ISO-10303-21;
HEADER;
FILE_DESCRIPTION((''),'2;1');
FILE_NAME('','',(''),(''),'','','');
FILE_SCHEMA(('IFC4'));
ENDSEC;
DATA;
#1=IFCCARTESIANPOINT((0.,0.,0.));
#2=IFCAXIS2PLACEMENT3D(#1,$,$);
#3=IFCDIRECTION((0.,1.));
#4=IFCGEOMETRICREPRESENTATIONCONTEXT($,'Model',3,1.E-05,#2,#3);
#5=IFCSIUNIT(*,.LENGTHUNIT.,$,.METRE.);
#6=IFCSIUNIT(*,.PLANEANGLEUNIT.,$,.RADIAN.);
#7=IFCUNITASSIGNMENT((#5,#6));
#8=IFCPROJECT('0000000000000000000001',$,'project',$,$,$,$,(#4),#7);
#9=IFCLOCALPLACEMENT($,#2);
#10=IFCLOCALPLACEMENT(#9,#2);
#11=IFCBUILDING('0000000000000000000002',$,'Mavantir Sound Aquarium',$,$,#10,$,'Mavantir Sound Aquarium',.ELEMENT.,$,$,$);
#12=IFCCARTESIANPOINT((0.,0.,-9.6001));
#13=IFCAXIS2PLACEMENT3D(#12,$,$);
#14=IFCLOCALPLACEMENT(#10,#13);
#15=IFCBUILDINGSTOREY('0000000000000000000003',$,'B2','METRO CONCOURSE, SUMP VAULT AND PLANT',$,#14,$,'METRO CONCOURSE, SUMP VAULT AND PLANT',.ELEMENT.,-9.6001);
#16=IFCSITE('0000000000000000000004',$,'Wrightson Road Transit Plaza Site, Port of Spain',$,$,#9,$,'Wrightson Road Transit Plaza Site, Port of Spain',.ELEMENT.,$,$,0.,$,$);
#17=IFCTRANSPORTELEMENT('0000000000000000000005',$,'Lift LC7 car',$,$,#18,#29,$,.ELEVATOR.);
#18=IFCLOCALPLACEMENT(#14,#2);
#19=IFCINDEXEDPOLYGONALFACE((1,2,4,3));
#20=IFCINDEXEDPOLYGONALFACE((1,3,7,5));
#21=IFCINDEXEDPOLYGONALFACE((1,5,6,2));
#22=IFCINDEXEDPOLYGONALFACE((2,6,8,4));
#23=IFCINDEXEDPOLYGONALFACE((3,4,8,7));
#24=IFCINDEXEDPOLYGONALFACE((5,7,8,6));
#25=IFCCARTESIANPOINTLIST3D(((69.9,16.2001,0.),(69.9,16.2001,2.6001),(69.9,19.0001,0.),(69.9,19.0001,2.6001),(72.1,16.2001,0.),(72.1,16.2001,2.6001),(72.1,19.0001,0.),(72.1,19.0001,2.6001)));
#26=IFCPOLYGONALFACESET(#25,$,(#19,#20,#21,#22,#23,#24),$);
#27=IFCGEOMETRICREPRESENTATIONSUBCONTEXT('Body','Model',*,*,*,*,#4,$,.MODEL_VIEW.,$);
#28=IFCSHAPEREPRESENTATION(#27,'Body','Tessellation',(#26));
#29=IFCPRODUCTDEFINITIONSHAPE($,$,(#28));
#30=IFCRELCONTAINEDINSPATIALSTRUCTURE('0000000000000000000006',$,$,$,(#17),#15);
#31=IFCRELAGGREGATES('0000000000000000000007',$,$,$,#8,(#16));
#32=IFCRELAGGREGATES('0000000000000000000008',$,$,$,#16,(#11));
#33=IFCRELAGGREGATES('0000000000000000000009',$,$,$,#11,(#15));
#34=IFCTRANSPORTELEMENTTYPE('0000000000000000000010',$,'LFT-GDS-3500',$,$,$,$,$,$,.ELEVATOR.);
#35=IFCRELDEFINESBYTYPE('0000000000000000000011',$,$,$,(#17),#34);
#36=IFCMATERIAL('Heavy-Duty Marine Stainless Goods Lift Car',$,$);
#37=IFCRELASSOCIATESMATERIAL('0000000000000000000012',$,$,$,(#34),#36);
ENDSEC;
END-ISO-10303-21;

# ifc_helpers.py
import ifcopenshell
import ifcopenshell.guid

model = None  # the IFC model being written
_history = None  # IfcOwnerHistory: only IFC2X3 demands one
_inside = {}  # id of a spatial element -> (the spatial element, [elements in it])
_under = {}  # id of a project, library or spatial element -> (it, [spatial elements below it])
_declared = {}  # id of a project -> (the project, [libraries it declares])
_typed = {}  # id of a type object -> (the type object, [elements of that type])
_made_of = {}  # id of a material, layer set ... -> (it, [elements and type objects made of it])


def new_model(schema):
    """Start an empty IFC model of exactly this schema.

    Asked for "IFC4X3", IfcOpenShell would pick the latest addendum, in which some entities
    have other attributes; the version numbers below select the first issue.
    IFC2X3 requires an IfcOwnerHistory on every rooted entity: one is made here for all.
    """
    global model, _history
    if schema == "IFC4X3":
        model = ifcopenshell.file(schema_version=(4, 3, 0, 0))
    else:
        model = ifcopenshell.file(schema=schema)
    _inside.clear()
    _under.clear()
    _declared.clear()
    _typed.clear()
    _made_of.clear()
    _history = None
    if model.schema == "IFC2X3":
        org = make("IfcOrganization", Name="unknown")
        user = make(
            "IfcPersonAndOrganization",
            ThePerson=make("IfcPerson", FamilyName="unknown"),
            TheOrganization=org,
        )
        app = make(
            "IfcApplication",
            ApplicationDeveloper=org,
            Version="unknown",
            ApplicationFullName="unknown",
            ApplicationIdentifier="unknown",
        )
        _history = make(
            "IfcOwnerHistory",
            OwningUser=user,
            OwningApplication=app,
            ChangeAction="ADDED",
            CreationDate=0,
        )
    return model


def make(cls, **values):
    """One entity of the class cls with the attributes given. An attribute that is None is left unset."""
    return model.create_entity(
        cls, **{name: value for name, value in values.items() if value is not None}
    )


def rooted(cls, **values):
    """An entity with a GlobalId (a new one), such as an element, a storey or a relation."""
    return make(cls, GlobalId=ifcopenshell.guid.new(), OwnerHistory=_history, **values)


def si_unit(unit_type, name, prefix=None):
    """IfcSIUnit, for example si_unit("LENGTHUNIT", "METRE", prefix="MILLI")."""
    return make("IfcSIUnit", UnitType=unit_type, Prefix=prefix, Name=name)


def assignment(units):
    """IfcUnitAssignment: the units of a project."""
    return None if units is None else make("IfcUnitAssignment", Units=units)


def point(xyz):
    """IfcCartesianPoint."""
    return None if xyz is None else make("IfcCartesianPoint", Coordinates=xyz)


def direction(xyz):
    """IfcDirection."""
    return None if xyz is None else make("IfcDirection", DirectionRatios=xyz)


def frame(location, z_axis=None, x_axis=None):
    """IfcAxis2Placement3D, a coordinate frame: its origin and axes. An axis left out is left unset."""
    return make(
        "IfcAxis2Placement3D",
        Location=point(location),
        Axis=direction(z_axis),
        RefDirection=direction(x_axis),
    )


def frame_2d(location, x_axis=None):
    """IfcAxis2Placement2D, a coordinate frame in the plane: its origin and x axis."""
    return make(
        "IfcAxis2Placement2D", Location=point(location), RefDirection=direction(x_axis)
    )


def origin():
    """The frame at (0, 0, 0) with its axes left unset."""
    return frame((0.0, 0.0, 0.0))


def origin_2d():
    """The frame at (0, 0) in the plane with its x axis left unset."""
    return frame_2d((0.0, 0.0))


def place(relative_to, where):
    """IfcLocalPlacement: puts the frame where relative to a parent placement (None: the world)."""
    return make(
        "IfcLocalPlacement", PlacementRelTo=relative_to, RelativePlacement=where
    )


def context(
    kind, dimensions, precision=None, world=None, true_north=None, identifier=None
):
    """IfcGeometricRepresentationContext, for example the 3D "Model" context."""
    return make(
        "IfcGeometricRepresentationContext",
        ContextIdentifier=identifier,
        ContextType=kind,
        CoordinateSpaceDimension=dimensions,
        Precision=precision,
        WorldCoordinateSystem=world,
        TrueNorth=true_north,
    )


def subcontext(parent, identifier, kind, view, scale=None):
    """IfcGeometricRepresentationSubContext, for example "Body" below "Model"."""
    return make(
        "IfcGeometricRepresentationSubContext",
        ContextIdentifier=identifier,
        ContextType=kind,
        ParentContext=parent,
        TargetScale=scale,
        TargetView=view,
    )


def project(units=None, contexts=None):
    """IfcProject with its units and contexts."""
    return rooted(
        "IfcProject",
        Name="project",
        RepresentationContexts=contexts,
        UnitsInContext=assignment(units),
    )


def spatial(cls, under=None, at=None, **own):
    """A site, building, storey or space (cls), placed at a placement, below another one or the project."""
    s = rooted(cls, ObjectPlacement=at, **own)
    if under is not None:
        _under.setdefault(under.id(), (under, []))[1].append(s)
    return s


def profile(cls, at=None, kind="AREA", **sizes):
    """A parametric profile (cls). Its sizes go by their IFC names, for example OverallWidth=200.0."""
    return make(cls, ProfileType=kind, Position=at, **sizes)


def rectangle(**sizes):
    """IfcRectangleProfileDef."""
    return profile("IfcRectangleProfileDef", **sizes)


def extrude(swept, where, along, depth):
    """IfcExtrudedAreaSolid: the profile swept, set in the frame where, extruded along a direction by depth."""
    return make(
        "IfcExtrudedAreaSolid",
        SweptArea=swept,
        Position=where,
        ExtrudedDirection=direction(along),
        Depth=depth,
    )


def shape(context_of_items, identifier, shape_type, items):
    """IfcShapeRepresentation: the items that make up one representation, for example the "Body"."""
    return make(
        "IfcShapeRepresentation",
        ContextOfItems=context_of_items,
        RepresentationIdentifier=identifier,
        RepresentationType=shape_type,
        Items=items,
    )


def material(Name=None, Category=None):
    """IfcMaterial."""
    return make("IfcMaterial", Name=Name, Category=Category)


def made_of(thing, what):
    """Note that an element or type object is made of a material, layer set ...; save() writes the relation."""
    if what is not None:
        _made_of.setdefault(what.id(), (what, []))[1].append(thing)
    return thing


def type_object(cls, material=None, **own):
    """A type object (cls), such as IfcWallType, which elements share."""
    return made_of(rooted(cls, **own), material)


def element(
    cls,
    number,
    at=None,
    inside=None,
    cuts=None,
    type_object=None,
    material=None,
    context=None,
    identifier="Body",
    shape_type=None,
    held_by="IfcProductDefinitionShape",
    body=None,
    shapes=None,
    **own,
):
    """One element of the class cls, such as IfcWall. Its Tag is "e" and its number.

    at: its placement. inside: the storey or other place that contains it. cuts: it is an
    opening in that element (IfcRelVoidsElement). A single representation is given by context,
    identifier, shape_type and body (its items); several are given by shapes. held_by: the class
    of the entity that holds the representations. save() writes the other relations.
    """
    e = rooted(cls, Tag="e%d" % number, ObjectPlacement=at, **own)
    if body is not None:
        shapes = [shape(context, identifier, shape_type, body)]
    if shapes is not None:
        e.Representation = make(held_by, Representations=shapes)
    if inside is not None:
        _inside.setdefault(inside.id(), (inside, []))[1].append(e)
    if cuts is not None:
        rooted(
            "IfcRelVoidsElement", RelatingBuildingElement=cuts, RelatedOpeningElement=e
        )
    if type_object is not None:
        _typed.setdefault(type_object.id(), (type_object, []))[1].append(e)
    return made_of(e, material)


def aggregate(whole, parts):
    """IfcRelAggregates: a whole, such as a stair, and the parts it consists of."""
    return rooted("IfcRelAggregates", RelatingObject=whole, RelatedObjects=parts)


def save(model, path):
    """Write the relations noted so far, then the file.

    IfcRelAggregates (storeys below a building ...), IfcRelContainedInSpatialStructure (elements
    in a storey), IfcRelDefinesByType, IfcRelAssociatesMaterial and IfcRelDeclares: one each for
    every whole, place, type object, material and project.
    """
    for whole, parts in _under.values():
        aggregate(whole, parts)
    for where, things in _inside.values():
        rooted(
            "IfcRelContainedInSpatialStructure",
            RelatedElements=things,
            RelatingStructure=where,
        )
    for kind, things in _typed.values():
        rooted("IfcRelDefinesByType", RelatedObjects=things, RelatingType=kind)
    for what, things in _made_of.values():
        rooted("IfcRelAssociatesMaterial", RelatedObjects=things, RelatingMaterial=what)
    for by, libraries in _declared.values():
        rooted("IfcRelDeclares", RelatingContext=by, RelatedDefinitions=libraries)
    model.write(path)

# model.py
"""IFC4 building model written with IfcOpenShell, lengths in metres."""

from ifc_helpers import new_model, si_unit, direction, frame, origin, origin_2d, place, context, subcontext, project, spatial, rectangle, extrude, material, type_object, element, save


model = new_model("IFC4")

# Units and contexts
model_context = context("Model", 3, precision=1e-05, world=origin(), true_north=direction((0.0, 1.0)))
body_context = subcontext(model_context, "Body", "Model", "MODEL_VIEW")
ifc_project = project(units=[si_unit("LENGTHUNIT", "METRE"), si_unit("PLANEANGLEUNIT", "RADIAN")], contexts=[model_context])

# Site, building, storey
site_placement = place(None, origin())
site = spatial("IfcSite", under=ifc_project, at=site_placement, Name="Wrightson Road Transit Plaza Site, Port of Spain", LongName="Wrightson Road Transit Plaza Site, Port of Spain", CompositionType="ELEMENT", RefElevation=0.0)
building_placement = place(site_placement, origin())
building = spatial("IfcBuilding", under=site, at=building_placement, Name="Mavantir Sound Aquarium", LongName="Mavantir Sound Aquarium", CompositionType="ELEMENT")
storey_placement = place(building_placement, frame((0.0, 0.0, -9.6001)))
storey = spatial("IfcBuildingStorey", under=building, at=storey_placement, Name="B2", Description="METRO CONCOURSE, SUMP VAULT AND PLANT", LongName="METRO CONCOURSE, SUMP VAULT AND PLANT", CompositionType="ELEMENT", Elevation=-9.6001)

# Transport element
ifc_material_1 = material(Name="Heavy-Duty Marine Stainless Goods Lift Car")
transport_element_type = type_object("IfcTransportElementType", Name="LFT-GDS-3500", PredefinedType="ELEVATOR", material=ifc_material_1)
transport_element_placement = place(storey_placement, frame((71.0, 17.6001, 0.0), z_axis=(0.0, 0.0, 1.0), x_axis=(1.0, 0.0, 0.0)))
element("IfcTransportElement", 1, at=transport_element_placement, inside=storey, type_object=transport_element_type, Name="Lift LC7 car", PredefinedType="ELEVATOR", context=body_context, shape_type="SweptSolid", body=[
    extrude(rectangle(XDim=2.2, YDim=2.8, at=origin_2d()), origin(), (0.0, 0.0, 1.0), 2.6001),
])

save(model, "model.ifc")
